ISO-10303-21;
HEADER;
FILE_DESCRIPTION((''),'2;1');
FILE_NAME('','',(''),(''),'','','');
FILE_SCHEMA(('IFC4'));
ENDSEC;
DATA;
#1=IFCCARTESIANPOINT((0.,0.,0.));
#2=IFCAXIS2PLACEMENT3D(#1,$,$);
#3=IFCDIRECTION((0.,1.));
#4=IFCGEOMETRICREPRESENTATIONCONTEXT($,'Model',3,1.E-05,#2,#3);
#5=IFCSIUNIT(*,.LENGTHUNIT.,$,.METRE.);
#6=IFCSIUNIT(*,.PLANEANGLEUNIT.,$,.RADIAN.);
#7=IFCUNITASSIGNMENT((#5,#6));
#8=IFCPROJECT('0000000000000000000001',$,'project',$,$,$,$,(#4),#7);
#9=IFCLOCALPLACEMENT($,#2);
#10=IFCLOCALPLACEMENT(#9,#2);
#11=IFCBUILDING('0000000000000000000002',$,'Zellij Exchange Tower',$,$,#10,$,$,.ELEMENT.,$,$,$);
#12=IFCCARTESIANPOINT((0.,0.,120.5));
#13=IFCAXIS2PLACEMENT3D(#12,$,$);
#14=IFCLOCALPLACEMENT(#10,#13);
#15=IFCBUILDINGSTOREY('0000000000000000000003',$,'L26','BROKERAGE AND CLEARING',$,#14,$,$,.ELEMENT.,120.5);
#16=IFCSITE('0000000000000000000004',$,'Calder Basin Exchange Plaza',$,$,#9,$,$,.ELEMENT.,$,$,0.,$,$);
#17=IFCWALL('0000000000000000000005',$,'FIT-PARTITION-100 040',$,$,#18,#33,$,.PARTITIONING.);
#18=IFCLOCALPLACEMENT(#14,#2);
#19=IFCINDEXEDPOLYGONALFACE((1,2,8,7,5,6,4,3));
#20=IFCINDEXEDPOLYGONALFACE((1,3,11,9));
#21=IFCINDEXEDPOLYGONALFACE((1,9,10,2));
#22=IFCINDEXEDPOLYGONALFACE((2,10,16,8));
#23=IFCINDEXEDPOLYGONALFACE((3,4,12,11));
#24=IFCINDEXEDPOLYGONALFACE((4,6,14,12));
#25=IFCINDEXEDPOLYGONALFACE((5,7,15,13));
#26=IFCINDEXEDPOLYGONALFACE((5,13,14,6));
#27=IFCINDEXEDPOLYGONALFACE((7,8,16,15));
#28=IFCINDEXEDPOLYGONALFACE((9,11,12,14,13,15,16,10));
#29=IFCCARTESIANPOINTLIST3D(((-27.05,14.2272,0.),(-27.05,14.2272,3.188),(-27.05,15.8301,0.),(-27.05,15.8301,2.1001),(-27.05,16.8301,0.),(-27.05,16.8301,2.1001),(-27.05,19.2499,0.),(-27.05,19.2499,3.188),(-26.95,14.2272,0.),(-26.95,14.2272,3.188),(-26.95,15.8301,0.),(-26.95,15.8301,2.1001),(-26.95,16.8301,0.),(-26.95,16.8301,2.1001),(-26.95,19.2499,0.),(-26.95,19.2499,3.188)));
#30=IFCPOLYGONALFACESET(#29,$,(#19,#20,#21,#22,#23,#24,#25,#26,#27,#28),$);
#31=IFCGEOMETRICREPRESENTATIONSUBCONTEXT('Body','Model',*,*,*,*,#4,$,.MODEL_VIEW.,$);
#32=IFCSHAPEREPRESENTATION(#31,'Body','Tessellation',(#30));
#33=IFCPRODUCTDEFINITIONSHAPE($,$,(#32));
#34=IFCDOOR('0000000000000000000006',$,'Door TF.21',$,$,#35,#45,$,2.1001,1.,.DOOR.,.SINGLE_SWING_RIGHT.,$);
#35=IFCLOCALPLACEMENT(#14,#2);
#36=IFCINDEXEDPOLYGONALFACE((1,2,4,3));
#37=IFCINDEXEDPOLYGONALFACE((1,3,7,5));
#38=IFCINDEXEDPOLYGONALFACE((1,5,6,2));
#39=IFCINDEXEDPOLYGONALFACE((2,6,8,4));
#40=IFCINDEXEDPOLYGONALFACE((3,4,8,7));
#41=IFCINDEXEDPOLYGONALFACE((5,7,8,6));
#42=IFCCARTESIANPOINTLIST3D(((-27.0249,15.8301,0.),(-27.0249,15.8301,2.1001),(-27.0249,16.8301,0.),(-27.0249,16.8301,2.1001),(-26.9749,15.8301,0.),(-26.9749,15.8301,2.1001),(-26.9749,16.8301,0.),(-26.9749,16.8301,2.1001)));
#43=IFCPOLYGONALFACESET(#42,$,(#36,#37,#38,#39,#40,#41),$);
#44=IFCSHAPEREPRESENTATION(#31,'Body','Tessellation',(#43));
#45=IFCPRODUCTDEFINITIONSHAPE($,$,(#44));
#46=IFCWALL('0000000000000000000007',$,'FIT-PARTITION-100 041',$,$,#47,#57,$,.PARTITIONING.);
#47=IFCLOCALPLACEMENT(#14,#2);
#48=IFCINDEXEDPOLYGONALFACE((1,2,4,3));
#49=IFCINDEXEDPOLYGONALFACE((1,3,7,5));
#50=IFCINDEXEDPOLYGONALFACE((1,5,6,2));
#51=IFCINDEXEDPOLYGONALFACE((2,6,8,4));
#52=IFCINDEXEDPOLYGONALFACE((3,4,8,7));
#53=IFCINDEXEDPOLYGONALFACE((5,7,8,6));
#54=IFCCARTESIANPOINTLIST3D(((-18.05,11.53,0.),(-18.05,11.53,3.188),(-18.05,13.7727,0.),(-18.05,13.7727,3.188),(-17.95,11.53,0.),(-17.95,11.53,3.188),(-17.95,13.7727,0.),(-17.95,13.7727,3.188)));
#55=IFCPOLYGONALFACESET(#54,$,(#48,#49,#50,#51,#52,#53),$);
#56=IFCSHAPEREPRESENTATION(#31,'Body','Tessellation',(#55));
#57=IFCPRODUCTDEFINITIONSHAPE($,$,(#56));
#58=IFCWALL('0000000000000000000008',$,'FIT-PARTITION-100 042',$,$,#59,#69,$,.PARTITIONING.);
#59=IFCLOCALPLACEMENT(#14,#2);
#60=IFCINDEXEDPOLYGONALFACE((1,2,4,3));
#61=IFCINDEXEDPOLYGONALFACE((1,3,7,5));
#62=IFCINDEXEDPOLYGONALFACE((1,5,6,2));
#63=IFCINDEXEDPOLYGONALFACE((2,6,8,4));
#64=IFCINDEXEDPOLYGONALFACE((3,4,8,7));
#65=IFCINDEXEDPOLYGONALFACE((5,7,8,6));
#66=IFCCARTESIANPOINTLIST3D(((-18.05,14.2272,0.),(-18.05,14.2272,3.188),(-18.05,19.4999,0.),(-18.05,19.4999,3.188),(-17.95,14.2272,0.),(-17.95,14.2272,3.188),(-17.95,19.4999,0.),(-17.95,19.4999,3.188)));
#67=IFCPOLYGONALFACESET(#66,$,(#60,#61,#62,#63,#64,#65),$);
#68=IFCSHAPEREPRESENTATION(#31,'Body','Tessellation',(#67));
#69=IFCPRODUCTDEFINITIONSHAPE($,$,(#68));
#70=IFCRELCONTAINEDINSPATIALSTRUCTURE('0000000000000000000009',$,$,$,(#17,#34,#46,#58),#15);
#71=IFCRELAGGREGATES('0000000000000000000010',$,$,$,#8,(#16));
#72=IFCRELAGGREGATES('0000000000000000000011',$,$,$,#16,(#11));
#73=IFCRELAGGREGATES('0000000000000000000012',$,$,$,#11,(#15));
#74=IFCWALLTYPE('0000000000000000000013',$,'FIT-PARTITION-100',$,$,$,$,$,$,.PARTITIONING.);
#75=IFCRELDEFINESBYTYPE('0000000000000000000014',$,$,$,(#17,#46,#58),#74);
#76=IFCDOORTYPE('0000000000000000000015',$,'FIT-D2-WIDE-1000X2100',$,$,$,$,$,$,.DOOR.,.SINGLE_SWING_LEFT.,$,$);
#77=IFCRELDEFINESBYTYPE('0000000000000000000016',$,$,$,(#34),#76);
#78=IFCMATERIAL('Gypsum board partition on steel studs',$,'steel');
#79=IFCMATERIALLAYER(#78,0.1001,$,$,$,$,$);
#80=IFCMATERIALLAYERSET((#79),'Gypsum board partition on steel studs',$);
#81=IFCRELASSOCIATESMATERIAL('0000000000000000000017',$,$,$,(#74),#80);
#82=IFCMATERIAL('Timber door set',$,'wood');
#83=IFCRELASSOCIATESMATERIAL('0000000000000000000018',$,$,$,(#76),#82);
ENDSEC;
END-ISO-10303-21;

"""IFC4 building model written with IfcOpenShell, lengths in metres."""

from ifc_helpers import new_model, si_unit, direction, frame, frame_2d, origin, place, context, subcontext, project, spatial, rectangle, extrude, material, layer, layer_set, type_object, element, fill, save


model = new_model("IFC4")

# Units and contexts
model_context = context("Model", 3, precision=1e-05, world=origin(), true_north=direction((0.0, 1.0)))
body_context = subcontext(model_context, "Body", "Model", "MODEL_VIEW")
ifc_project = project(units=[si_unit("LENGTHUNIT", "METRE"), si_unit("PLANEANGLEUNIT", "RADIAN")], contexts=[model_context])

# Site, building, storey
site_placement = place(None, origin())
site = spatial("IfcSite", under=ifc_project, at=site_placement, Name="Calder Basin Exchange Plaza", CompositionType="ELEMENT", RefElevation=0.0)
building_placement = place(site_placement, origin())
building = spatial("IfcBuilding", under=site, at=building_placement, Name="Zellij Exchange Tower", CompositionType="ELEMENT")
storey_placement = place(building_placement, frame((0.0, 0.0, 120.5)))
storey = spatial("IfcBuildingStorey", under=building, at=storey_placement, Name="L26", Description="BROKERAGE AND CLEARING", CompositionType="ELEMENT", Elevation=120.5)

# Shared definitions
ifc_material_1 = material(Name="Gypsum board partition on steel studs", Category="steel")
ifc_layer_1 = layer(ifc_material_1, 0.1001)
ifc_layer_set_1 = layer_set([ifc_layer_1], Name="Gypsum board partition on steel studs")
wall_type_1 = type_object("IfcWallType", Name="FIT-PARTITION-100", PredefinedType="PARTITIONING", material=ifc_layer_set_1)

# Wall, opening, door
wall_1_placement = place(storey_placement, frame((-27.0, 14.2273, 0.0), z_axis=(0.0, 0.0, 1.0), x_axis=(0.0, 1.0, 0.0)))
wall_1 = element("IfcWall", 1, at=wall_1_placement, inside=storey, type_object=wall_type_1, Name="FIT-PARTITION-100 040", PredefinedType="PARTITIONING", context=body_context, shape_type="SweptSolid", body=[
    extrude(rectangle(XDim=5.0227, YDim=0.1001, at=frame_2d((2.5112, 0.0))), origin(), (0.0, 0.0, 1.0), 3.188),
])
opening_1_placement = place(wall_1_placement, frame((1.6028, 0.0, 0.0)))
opening_1 = element("IfcOpeningElement", 2, at=opening_1_placement, cuts=wall_1, PredefinedType="OPENING", context=body_context, shape_type="SweptSolid", body=[
    extrude(rectangle(XDim=1.0, YDim=2.1001, at=frame_2d((0.5, 1.05))), frame((0.0, 0.062, 0.0), z_axis=(0.0, -1.0, 0.0), x_axis=(1.0, 0.0, 0.0)), (0.0, 0.0, 1.0), 0.124),
])
ifc_material_2 = material(Name="Timber door set", Category="wood")
door_type = type_object("IfcDoorType", Name="FIT-D2-WIDE-1000X2100", OperationType="SINGLE_SWING_LEFT", PredefinedType="DOOR", material=ifc_material_2)
door_placement = place(opening_1_placement, origin())
door = element("IfcDoor", 3, at=door_placement, inside=storey, type_object=door_type, Name="Door TF.21", OperationType="SINGLE_SWING_RIGHT", OverallHeight=2.1001, OverallWidth=1.0, PredefinedType="DOOR", context=body_context, shape_type="SweptSolid", body=[
    extrude(rectangle(XDim=1.0, YDim=2.1001, at=frame_2d((0.5, 1.05))), frame((0.0, 0.0249, 0.0), z_axis=(0.0, -1.0, 0.0), x_axis=(1.0, 0.0, 0.0)), (0.0, 0.0, 1.0), 0.05),
])
fill(opening_1, door)

# Walls
wall_2_placement = place(storey_placement, frame((-18.0, 11.53, 0.0), z_axis=(0.0, 0.0, 1.0), x_axis=(0.0, 1.0, 0.0)))
element("IfcWall", 4, at=wall_2_placement, inside=storey, type_object=wall_type_1, Name="FIT-PARTITION-100 041", PredefinedType="PARTITIONING", context=body_context, shape_type="SweptSolid", body=[
    extrude(rectangle(XDim=2.2427, YDim=0.1001, at=frame_2d((1.1213, 0.0))), origin(), (0.0, 0.0, 1.0), 3.188),
])
wall_3_placement = place(storey_placement, frame((-18.0, 14.2273, 0.0), z_axis=(0.0, 0.0, 1.0), x_axis=(0.0, 1.0, 0.0)))
element("IfcWall", 5, at=wall_3_placement, inside=storey, type_object=wall_type_1, Name="FIT-PARTITION-100 042", PredefinedType="PARTITIONING", context=body_context, shape_type="SweptSolid", body=[
    extrude(rectangle(XDim=5.2727, YDim=0.1001, at=frame_2d((2.6362, 0.0))), origin(), (0.0, 0.0, 1.0), 3.188),
])

save(model, "model.ifc")
